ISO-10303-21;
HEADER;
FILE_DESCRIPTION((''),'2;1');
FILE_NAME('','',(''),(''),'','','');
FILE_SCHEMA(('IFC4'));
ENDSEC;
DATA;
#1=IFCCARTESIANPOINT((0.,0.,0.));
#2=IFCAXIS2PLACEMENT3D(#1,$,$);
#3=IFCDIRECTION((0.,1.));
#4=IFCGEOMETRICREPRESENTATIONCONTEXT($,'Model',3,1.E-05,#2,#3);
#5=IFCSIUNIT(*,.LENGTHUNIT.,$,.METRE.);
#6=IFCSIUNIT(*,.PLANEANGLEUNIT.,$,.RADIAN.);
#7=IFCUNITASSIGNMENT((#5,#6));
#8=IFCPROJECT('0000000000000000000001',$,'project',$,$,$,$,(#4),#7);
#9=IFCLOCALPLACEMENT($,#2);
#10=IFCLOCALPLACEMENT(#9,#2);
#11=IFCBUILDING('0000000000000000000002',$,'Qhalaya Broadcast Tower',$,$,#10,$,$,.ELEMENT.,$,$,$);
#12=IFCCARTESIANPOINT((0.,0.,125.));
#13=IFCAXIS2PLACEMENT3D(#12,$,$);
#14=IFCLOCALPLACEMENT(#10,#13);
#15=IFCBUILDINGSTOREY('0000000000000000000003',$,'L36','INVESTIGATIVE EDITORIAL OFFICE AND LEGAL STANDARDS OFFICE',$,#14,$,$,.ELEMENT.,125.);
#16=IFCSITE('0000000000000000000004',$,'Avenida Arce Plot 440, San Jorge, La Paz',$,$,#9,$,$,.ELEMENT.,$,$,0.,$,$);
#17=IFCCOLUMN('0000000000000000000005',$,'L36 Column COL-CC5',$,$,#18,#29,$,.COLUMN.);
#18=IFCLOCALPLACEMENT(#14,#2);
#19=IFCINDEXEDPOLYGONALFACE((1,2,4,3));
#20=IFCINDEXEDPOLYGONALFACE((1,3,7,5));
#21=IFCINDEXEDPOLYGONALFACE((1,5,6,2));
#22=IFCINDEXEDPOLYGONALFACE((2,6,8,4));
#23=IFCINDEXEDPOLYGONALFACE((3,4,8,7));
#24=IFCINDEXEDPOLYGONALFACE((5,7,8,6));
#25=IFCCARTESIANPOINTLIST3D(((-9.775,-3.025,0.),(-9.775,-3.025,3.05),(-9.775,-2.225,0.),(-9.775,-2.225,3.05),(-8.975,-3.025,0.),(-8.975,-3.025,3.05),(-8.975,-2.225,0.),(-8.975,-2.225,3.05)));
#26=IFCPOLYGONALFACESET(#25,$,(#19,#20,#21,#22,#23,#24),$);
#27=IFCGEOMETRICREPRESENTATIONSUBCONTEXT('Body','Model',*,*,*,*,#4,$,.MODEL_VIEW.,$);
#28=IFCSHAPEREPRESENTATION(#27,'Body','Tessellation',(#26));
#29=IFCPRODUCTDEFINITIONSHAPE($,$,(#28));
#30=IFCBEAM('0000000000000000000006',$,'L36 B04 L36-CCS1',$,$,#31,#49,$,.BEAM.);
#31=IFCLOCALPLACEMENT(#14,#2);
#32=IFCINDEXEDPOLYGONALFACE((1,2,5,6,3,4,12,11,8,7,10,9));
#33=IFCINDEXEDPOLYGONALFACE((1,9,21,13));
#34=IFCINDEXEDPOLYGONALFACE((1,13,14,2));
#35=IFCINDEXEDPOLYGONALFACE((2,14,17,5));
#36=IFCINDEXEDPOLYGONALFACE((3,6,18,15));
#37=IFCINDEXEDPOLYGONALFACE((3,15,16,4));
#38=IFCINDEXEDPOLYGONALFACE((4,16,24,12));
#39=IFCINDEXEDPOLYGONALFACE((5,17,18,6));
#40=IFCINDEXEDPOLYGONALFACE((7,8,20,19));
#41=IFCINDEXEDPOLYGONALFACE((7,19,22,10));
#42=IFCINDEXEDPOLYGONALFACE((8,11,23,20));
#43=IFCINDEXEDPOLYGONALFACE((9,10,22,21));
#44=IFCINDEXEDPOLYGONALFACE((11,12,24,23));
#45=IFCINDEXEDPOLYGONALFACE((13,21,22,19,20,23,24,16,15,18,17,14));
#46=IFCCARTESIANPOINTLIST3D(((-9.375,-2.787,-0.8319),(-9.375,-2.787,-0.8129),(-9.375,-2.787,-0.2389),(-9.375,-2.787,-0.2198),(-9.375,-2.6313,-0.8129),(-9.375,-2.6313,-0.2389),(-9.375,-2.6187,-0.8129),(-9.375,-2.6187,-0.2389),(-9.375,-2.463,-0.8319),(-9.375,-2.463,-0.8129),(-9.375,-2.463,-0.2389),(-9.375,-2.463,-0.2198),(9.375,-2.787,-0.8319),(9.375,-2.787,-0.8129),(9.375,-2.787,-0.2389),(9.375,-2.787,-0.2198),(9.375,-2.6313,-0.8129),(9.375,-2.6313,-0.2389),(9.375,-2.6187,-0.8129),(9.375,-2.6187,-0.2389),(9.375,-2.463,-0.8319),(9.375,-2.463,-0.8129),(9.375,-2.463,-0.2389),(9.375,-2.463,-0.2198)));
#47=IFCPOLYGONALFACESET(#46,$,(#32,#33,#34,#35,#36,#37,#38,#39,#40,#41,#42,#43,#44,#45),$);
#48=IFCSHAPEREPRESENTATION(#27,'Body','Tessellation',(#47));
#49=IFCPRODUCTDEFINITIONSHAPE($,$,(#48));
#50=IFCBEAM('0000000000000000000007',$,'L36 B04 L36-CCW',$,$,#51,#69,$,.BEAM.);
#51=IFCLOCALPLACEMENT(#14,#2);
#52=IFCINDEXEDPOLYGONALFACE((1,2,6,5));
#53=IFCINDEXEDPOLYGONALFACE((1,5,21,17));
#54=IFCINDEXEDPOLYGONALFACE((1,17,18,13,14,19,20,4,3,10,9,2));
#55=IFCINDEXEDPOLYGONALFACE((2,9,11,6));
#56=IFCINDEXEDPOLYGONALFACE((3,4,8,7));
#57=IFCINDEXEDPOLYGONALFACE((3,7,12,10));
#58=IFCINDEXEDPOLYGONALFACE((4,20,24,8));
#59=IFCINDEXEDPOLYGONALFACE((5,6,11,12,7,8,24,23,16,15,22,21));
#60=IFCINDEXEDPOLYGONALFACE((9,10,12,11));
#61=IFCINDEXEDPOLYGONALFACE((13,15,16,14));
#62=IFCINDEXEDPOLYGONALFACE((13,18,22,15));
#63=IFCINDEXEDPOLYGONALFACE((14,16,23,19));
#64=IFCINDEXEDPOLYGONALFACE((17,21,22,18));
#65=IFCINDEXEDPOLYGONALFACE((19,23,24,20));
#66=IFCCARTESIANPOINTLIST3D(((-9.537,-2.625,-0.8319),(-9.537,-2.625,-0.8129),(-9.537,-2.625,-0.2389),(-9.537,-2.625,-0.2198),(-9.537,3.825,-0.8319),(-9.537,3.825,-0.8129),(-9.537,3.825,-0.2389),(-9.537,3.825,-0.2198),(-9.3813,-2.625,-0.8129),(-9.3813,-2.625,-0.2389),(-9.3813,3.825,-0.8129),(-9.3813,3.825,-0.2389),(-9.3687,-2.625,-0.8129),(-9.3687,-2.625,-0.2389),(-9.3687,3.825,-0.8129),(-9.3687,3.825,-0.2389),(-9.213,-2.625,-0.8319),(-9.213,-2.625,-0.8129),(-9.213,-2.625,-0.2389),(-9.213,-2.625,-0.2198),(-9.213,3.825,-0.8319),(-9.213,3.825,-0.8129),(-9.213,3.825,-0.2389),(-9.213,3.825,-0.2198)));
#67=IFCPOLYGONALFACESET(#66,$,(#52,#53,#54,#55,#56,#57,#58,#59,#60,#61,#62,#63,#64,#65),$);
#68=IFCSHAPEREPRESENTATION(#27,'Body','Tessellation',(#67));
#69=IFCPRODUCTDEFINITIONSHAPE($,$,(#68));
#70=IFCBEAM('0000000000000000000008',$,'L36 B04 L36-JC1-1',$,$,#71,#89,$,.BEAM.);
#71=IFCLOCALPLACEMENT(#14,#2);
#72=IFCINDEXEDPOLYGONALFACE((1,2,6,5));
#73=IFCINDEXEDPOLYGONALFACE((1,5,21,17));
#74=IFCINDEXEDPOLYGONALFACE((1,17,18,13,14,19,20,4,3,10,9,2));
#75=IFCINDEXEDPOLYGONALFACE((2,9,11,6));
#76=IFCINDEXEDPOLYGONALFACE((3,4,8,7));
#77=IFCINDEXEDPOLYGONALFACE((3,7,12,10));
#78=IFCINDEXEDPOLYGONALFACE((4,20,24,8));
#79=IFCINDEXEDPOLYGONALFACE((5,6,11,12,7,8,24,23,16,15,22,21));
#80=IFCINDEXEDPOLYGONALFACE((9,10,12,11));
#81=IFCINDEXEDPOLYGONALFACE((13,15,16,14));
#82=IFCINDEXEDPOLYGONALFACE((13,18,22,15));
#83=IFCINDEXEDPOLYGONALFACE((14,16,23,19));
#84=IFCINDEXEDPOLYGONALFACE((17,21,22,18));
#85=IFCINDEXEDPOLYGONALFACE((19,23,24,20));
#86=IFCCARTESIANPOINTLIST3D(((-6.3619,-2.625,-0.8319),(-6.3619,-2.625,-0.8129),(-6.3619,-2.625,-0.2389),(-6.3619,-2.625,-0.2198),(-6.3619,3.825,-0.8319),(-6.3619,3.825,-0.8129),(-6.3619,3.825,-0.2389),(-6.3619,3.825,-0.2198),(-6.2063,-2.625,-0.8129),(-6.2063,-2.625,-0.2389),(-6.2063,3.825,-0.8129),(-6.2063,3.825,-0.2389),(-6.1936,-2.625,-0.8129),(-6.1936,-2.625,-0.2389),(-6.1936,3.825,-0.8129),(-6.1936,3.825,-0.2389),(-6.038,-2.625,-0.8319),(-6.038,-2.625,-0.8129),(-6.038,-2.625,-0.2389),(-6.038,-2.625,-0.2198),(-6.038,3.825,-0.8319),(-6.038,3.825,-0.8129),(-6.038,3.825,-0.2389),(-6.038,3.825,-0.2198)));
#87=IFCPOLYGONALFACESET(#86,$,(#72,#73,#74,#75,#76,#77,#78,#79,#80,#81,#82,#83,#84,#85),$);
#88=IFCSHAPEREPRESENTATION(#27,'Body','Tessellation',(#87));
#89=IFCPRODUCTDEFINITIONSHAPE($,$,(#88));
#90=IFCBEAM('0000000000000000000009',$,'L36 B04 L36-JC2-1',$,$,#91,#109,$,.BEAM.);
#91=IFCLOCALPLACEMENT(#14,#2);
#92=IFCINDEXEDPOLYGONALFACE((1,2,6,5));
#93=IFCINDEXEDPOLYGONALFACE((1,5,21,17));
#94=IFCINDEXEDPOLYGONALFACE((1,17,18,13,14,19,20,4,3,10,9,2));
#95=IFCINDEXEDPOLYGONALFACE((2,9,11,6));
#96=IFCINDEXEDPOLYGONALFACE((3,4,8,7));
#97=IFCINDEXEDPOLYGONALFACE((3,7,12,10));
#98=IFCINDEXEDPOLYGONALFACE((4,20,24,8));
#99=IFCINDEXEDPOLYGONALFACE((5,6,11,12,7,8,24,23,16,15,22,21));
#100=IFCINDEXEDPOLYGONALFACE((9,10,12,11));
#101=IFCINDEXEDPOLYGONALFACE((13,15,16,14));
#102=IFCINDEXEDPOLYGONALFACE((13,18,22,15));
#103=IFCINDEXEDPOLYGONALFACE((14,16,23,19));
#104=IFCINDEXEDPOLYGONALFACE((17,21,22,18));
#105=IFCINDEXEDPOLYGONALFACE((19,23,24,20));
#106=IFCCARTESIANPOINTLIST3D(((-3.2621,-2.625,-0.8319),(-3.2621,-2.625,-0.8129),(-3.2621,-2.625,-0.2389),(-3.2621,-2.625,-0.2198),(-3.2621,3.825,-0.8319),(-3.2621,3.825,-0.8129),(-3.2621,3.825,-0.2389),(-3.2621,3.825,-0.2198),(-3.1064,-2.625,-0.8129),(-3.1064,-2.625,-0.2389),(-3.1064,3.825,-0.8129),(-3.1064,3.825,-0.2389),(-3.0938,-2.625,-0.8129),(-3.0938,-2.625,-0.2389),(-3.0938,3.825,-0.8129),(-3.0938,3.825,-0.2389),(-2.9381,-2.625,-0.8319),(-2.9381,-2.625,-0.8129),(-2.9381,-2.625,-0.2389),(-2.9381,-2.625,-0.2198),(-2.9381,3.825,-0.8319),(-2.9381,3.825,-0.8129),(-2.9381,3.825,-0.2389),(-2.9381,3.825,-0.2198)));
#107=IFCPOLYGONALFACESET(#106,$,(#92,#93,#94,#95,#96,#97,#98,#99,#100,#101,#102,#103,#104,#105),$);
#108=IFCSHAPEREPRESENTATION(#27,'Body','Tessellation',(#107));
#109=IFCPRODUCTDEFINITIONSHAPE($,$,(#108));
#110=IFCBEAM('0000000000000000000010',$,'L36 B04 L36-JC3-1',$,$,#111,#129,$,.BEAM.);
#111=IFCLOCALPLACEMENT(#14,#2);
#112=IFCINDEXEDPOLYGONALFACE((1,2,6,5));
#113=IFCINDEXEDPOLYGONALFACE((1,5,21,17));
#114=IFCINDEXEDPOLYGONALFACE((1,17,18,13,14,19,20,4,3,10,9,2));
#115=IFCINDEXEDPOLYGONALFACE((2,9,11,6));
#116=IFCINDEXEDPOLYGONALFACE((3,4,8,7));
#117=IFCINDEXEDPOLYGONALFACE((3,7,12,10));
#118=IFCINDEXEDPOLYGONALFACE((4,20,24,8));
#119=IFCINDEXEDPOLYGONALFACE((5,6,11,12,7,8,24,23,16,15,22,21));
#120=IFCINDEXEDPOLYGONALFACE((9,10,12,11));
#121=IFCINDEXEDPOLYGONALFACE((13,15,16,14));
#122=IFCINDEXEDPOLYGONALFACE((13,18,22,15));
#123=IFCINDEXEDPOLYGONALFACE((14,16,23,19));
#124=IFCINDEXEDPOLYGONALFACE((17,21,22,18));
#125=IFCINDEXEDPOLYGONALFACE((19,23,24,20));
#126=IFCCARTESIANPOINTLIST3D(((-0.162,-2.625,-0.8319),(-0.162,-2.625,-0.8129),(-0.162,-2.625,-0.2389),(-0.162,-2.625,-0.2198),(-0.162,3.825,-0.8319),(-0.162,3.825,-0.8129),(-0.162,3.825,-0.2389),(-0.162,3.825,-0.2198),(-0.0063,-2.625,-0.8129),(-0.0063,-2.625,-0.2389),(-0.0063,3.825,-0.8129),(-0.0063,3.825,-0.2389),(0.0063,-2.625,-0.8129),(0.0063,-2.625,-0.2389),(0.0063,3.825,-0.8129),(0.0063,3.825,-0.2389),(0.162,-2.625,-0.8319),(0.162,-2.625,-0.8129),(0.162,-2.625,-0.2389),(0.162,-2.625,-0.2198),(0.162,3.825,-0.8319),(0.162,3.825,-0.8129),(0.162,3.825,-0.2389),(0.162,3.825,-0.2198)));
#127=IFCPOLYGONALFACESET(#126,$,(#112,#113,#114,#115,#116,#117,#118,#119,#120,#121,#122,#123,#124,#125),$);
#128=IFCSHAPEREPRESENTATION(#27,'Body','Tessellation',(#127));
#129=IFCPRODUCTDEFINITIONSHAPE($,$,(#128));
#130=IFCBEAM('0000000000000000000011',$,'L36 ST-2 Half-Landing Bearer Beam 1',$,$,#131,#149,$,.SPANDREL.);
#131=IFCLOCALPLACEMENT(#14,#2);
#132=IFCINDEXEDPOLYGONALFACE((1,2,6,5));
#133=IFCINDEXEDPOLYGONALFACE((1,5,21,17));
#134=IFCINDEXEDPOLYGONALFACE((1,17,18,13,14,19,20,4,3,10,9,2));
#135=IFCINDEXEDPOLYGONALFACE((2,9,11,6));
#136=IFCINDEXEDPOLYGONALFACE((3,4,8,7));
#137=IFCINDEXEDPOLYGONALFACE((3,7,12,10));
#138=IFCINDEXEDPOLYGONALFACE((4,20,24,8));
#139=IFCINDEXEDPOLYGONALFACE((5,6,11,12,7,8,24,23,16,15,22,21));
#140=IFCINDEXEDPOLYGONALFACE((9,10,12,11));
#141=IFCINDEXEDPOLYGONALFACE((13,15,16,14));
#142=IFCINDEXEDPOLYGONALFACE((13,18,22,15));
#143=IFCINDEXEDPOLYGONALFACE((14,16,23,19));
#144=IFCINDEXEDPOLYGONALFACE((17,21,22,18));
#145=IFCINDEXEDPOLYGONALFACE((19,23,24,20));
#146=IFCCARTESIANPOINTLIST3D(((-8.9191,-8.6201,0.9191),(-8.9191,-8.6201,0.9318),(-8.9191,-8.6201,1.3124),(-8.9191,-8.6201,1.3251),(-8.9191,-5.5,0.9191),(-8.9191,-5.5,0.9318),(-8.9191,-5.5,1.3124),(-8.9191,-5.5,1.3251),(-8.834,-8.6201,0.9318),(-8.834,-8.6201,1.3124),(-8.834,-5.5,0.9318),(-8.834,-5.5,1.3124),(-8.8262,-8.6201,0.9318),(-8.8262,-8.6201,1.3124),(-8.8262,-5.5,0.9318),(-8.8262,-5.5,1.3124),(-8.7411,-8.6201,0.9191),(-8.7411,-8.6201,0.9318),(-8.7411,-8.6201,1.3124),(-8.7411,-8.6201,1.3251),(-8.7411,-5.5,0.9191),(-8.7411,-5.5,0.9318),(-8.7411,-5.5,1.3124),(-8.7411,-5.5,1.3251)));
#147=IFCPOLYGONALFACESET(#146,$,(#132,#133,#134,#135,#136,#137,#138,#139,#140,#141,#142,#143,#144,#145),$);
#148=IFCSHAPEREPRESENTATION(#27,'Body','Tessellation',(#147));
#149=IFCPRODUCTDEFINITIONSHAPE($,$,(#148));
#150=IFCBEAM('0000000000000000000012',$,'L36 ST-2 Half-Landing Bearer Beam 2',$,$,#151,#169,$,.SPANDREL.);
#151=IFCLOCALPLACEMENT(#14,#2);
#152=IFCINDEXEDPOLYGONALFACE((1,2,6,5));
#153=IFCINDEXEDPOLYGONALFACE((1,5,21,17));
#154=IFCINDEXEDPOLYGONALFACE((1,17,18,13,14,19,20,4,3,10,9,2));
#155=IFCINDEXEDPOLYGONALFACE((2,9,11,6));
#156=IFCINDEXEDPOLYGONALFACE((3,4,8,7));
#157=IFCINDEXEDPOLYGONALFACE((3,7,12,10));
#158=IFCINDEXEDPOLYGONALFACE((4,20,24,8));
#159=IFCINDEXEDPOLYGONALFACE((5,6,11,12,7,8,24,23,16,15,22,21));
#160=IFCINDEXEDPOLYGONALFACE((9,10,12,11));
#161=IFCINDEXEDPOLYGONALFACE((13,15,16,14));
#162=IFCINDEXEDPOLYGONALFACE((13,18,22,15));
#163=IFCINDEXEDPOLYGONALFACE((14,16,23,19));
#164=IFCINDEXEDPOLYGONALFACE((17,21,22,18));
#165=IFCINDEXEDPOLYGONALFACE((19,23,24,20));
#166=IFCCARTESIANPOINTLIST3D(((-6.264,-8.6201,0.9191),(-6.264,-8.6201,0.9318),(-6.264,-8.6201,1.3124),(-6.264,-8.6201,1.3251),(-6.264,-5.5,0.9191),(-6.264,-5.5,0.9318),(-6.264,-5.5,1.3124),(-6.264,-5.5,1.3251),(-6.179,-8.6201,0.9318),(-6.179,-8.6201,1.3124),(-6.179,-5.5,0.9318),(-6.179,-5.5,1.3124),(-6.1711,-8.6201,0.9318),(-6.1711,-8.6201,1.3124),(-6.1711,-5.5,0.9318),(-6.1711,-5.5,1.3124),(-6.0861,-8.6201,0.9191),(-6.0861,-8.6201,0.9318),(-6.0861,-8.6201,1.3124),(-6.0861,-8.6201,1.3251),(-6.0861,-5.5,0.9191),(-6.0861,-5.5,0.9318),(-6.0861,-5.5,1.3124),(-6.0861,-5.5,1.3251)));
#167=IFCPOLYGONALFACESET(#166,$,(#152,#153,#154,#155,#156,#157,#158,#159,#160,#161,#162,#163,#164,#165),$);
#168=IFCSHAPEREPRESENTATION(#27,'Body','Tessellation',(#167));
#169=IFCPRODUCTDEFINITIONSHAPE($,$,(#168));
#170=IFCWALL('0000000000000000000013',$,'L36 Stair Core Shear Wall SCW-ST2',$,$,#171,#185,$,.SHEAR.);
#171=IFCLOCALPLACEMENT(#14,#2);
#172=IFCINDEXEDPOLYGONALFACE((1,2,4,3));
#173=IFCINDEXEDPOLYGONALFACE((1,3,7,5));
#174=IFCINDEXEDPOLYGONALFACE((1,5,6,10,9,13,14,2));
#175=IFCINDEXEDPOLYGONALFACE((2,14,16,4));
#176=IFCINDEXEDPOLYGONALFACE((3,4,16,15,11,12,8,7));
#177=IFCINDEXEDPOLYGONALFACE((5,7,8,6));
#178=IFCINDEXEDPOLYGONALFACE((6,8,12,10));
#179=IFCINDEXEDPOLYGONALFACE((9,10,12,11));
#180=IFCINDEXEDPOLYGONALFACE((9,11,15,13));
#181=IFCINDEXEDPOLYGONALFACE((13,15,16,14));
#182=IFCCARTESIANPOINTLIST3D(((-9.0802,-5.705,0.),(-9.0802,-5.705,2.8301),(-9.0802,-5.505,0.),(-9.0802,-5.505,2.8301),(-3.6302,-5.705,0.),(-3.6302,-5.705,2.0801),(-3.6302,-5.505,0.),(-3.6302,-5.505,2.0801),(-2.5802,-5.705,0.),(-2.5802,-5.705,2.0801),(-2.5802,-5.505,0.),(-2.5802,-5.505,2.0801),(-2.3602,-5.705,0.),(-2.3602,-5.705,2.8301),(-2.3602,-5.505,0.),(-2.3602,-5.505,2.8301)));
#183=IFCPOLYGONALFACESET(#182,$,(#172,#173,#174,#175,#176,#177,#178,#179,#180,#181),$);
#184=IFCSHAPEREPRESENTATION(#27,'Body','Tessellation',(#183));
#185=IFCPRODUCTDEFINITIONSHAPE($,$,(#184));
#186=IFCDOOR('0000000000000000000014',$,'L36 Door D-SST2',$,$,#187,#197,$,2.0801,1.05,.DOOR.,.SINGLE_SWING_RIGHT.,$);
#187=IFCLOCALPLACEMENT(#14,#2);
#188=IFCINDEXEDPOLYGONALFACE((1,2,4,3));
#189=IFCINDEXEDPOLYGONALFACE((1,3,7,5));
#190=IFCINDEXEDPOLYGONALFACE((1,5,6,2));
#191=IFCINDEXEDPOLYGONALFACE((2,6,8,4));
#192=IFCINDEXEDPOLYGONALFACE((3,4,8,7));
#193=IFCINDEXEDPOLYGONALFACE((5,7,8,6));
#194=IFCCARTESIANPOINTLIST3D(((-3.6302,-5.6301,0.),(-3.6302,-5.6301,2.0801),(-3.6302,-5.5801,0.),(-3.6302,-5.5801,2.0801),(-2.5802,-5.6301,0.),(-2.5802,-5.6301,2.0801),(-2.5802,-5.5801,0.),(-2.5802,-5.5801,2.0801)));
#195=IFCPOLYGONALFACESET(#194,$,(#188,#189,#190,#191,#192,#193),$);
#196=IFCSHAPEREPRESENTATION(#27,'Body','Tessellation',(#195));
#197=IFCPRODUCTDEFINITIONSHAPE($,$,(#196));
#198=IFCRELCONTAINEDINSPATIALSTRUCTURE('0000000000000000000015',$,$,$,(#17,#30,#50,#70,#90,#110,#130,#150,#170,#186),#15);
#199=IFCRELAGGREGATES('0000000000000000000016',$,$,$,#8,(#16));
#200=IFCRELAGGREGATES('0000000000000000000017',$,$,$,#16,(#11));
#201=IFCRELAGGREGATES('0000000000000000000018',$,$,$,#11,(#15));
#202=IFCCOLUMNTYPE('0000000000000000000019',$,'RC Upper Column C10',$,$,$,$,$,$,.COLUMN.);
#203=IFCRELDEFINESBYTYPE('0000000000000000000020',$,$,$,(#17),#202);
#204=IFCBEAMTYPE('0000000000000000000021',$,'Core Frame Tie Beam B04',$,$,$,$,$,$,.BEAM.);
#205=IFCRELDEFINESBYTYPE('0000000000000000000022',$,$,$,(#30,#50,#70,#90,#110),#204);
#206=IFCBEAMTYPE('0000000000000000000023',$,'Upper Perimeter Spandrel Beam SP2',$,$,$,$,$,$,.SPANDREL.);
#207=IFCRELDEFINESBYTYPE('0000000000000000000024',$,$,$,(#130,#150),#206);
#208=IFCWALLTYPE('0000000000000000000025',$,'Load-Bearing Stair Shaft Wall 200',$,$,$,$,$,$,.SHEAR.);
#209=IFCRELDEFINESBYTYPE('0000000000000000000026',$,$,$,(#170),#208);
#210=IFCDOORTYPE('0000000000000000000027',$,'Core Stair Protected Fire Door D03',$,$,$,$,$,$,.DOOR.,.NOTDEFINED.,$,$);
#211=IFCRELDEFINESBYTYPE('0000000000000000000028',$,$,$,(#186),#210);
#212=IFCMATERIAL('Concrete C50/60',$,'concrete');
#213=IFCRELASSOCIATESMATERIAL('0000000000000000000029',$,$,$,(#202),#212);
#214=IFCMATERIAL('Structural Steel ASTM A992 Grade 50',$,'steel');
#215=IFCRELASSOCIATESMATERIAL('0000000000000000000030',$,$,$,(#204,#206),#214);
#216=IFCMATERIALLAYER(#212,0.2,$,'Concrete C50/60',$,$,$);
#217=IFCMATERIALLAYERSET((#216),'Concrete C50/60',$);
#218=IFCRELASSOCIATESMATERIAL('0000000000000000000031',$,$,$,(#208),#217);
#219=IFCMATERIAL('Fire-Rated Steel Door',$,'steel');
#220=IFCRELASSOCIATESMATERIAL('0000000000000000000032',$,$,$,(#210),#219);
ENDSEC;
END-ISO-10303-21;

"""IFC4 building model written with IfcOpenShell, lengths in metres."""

from ifc_helpers import new_model, si_unit, direction, frame, frame_2d, origin, origin_2d, place, context, subcontext, project, spatial, rectangle, i_section, extrude, material, layer, layer_set, material_profile, profile_set, type_object, element, fill, save


model = new_model("IFC4")

# Units and contexts
model_context = context("Model", 3, precision=1e-05, world=origin(), true_north=direction((0.0, 1.0)))
body_context = subcontext(model_context, "Body", "Model", "MODEL_VIEW")
ifc_project = project(units=[si_unit("LENGTHUNIT", "METRE"), si_unit("PLANEANGLEUNIT", "RADIAN")], contexts=[model_context])

# Site, building, storey
site_placement = place(None, origin())
site = spatial("IfcSite", under=ifc_project, at=site_placement, Name="Avenida Arce Plot 440, San Jorge, La Paz", CompositionType="ELEMENT", RefElevation=0.0)
building_placement = place(site_placement, origin())
building = spatial("IfcBuilding", under=site, at=building_placement, Name="Qhalaya Broadcast Tower", CompositionType="ELEMENT")
storey_placement = place(building_placement, frame((0.0, 0.0, 125.0)))
storey = spatial("IfcBuildingStorey", under=building, at=storey_placement, Name="L36", Description="INVESTIGATIVE EDITORIAL OFFICE AND LEGAL STANDARDS OFFICE", CompositionType="ELEMENT", Elevation=125.0)

# Column
ifc_material_1 = material(Name="Concrete C50/60", Category="concrete")
ifc_material_profile_1 = material_profile(ifc_material_1, rectangle(XDim=0.8, YDim=0.8, at=origin_2d()), Name="RC-COL 800x800")
ifc_profile_set_1 = profile_set([ifc_material_profile_1], Name="Concrete C50/60")
column_type = type_object("IfcColumnType", Name="RC Upper Column C10", PredefinedType="COLUMN", material=ifc_profile_set_1)
column_placement = place(storey_placement, frame((-9.375, -2.625, 0.0), z_axis=(0.0, 0.0, 1.0), x_axis=(1.0, 0.0, 0.0)))
element("IfcColumn", 1, at=column_placement, inside=storey, type_object=column_type, Name="L36 Column COL-CC5", PredefinedType="COLUMN", context=body_context, shape_type="SweptSolid", body=[
    extrude(rectangle(XDim=0.8, YDim=0.8, at=origin_2d()), origin(), (0.0, 0.0, 1.0), 3.05),
])

# Beams
ifc_material_2 = material(Name="Structural Steel ASTM A992 Grade 50", Category="steel")
ifc_material_profile_2 = material_profile(ifc_material_2, i_section(OverallWidth=0.324, OverallDepth=0.6121, WebThickness=0.0127, FlangeThickness=0.019, at=origin_2d()), Name="W24X104")
ifc_profile_set_2 = profile_set([ifc_material_profile_2], Name="Structural Steel ASTM A992 Grade 50")
beam_type_1 = type_object("IfcBeamType", Name="Core Frame Tie Beam B04", PredefinedType="BEAM", material=ifc_profile_set_2)
beam_placement = place(storey_placement, frame((-9.375, -2.625, -0.5259), z_axis=(1.0, 0.0, 0.0), x_axis=(0.0, 1.0, 0.0)))
element("IfcBeam", 2, at=beam_placement, inside=storey, type_object=beam_type_1, Name="L36 B04 L36-CCS1", PredefinedType="BEAM", context=body_context, shape_type="SweptSolid", body=[
    extrude(i_section(OverallWidth=0.324, OverallDepth=0.6121, WebThickness=0.0127, FlangeThickness=0.019, at=origin_2d()), origin(), (0.0, 0.0, 1.0), 18.75),
])
for number, where, z_axis, x_axis, name in (
    (3, (-9.375, -2.625, -0.5259), (0.0, 1.0, 0.0), (-1.0, 0.0, 0.0), "L36 B04 L36-CCW"),
    (4, (-6.2, -2.625, -0.5259), (0.0, 1.0, 0.0), (-1.0, 0.0, 0.0), "L36 B04 L36-JC1-1"),
    (5, (-3.1001, -2.625, -0.5259), (0.0, 1.0, 0.0), (-1.0, 0.0, 0.0), "L36 B04 L36-JC2-1"),
    (6, (0.0, -2.625, -0.5259), (0.0, 1.0, 0.0), (-1.0, 0.0, 0.0), "L36 B04 L36-JC3-1"),
):
    element("IfcBeam", number, at=place(storey_placement, frame(where, z_axis=z_axis, x_axis=x_axis)), inside=storey, type_object=beam_type_1, Name=name, PredefinedType="BEAM", context=body_context, shape_type="SweptSolid", body=[
        extrude(i_section(OverallWidth=0.324, OverallDepth=0.6121, WebThickness=0.0127, FlangeThickness=0.019, at=origin_2d()), origin(), (0.0, 0.0, 1.0), 6.45),
    ])
ifc_material_profile_3 = material_profile(ifc_material_2, i_section(OverallWidth=0.178, OverallDepth=0.406, WebThickness=0.0078, FlangeThickness=0.0127, at=origin_2d()), Name="W16X40")
ifc_profile_set_3 = profile_set([ifc_material_profile_3], Name="Structural Steel ASTM A992 Grade 50")
beam_type_2 = type_object("IfcBeamType", Name="Upper Perimeter Spandrel Beam SP2", PredefinedType="SPANDREL", material=ifc_profile_set_3)
for number, where, z_axis, x_axis, name in (
    (7, (-8.8301, -8.6201, 1.1221), (0.0, 1.0, 0.0), (-1.0, 0.0, 0.0), "L36 ST-2 Half-Landing Bearer Beam 1"),
    (8, (-6.175, -8.6201, 1.1221), (0.0, 1.0, 0.0), (-1.0, 0.0, 0.0), "L36 ST-2 Half-Landing Bearer Beam 2"),
):
    element("IfcBeam", number, at=place(storey_placement, frame(where, z_axis=z_axis, x_axis=x_axis)), inside=storey, type_object=beam_type_2, Name=name, PredefinedType="SPANDREL", context=body_context, shape_type="SweptSolid", body=[
        extrude(i_section(OverallWidth=0.178, OverallDepth=0.406, WebThickness=0.0078, FlangeThickness=0.0127, at=origin_2d()), origin(), (0.0, 0.0, 1.0), 3.1201),
    ])

# Wall, opening, door
ifc_layer_1 = layer(ifc_material_1, 0.2, Name="Concrete C50/60")
ifc_layer_set_1 = layer_set([ifc_layer_1], Name="Concrete C50/60")
wall_type_1 = type_object("IfcWallType", Name="Load-Bearing Stair Shaft Wall 200", PredefinedType="SHEAR", material=ifc_layer_set_1)
wall_1_placement = place(storey_placement, frame((-9.0801, -5.605, 0.0), z_axis=(0.0, 0.0, 1.0), x_axis=(1.0, 0.0, 0.0)))
wall_1 = element("IfcWall", 9, at=wall_1_placement, inside=storey, type_object=wall_type_1, Name="L36 Stair Core Shear Wall SCW-ST2", PredefinedType="SHEAR", context=body_context, shape_type="SweptSolid", body=[
    extrude(rectangle(XDim=6.72, YDim=0.2, at=frame_2d((3.3599, 0.0))), origin(), (0.0, 0.0, 1.0), 2.8301),
])
opening_1_placement = place(wall_1_placement, frame((5.45, 0.0, 0.0)))
opening_1 = element("IfcOpeningElement", 10, at=opening_1_placement, cuts=wall_1, PredefinedType="OPENING", context=body_context, shape_type="SweptSolid", body=[
    extrude(rectangle(XDim=1.05, YDim=2.0801, at=frame_2d((0.5249, 1.04))), frame((0.0, 0.1121, 0.0), z_axis=(0.0, -1.0, 0.0), x_axis=(1.0, 0.0, 0.0)), (0.0, 0.0, 1.0), 0.2239),
])
ifc_material_3 = material(Name="Fire-Rated Steel Door", Category="steel")
door_type_1 = type_object("IfcDoorType", Name="Core Stair Protected Fire Door D03", OperationType="NOTDEFINED", PredefinedType="DOOR", material=ifc_material_3)
door_1_placement = place(opening_1_placement, origin())
door_1 = element("IfcDoor", 11, at=door_1_placement, inside=storey, type_object=door_type_1, Name="L36 Door D-SST2", OperationType="SINGLE_SWING_RIGHT", OverallHeight=2.0801, OverallWidth=1.05, PredefinedType="DOOR", context=body_context, shape_type="SweptSolid", body=[
    extrude(rectangle(XDim=1.05, YDim=2.0801, at=frame_2d((0.5249, 1.04))), frame((0.0, 0.0249, 0.0), z_axis=(0.0, -1.0, 0.0), x_axis=(1.0, 0.0, 0.0)), (0.0, 0.0, 1.0), 0.05),
])
fill(opening_1, door_1)

save(model, "model.ifc")
